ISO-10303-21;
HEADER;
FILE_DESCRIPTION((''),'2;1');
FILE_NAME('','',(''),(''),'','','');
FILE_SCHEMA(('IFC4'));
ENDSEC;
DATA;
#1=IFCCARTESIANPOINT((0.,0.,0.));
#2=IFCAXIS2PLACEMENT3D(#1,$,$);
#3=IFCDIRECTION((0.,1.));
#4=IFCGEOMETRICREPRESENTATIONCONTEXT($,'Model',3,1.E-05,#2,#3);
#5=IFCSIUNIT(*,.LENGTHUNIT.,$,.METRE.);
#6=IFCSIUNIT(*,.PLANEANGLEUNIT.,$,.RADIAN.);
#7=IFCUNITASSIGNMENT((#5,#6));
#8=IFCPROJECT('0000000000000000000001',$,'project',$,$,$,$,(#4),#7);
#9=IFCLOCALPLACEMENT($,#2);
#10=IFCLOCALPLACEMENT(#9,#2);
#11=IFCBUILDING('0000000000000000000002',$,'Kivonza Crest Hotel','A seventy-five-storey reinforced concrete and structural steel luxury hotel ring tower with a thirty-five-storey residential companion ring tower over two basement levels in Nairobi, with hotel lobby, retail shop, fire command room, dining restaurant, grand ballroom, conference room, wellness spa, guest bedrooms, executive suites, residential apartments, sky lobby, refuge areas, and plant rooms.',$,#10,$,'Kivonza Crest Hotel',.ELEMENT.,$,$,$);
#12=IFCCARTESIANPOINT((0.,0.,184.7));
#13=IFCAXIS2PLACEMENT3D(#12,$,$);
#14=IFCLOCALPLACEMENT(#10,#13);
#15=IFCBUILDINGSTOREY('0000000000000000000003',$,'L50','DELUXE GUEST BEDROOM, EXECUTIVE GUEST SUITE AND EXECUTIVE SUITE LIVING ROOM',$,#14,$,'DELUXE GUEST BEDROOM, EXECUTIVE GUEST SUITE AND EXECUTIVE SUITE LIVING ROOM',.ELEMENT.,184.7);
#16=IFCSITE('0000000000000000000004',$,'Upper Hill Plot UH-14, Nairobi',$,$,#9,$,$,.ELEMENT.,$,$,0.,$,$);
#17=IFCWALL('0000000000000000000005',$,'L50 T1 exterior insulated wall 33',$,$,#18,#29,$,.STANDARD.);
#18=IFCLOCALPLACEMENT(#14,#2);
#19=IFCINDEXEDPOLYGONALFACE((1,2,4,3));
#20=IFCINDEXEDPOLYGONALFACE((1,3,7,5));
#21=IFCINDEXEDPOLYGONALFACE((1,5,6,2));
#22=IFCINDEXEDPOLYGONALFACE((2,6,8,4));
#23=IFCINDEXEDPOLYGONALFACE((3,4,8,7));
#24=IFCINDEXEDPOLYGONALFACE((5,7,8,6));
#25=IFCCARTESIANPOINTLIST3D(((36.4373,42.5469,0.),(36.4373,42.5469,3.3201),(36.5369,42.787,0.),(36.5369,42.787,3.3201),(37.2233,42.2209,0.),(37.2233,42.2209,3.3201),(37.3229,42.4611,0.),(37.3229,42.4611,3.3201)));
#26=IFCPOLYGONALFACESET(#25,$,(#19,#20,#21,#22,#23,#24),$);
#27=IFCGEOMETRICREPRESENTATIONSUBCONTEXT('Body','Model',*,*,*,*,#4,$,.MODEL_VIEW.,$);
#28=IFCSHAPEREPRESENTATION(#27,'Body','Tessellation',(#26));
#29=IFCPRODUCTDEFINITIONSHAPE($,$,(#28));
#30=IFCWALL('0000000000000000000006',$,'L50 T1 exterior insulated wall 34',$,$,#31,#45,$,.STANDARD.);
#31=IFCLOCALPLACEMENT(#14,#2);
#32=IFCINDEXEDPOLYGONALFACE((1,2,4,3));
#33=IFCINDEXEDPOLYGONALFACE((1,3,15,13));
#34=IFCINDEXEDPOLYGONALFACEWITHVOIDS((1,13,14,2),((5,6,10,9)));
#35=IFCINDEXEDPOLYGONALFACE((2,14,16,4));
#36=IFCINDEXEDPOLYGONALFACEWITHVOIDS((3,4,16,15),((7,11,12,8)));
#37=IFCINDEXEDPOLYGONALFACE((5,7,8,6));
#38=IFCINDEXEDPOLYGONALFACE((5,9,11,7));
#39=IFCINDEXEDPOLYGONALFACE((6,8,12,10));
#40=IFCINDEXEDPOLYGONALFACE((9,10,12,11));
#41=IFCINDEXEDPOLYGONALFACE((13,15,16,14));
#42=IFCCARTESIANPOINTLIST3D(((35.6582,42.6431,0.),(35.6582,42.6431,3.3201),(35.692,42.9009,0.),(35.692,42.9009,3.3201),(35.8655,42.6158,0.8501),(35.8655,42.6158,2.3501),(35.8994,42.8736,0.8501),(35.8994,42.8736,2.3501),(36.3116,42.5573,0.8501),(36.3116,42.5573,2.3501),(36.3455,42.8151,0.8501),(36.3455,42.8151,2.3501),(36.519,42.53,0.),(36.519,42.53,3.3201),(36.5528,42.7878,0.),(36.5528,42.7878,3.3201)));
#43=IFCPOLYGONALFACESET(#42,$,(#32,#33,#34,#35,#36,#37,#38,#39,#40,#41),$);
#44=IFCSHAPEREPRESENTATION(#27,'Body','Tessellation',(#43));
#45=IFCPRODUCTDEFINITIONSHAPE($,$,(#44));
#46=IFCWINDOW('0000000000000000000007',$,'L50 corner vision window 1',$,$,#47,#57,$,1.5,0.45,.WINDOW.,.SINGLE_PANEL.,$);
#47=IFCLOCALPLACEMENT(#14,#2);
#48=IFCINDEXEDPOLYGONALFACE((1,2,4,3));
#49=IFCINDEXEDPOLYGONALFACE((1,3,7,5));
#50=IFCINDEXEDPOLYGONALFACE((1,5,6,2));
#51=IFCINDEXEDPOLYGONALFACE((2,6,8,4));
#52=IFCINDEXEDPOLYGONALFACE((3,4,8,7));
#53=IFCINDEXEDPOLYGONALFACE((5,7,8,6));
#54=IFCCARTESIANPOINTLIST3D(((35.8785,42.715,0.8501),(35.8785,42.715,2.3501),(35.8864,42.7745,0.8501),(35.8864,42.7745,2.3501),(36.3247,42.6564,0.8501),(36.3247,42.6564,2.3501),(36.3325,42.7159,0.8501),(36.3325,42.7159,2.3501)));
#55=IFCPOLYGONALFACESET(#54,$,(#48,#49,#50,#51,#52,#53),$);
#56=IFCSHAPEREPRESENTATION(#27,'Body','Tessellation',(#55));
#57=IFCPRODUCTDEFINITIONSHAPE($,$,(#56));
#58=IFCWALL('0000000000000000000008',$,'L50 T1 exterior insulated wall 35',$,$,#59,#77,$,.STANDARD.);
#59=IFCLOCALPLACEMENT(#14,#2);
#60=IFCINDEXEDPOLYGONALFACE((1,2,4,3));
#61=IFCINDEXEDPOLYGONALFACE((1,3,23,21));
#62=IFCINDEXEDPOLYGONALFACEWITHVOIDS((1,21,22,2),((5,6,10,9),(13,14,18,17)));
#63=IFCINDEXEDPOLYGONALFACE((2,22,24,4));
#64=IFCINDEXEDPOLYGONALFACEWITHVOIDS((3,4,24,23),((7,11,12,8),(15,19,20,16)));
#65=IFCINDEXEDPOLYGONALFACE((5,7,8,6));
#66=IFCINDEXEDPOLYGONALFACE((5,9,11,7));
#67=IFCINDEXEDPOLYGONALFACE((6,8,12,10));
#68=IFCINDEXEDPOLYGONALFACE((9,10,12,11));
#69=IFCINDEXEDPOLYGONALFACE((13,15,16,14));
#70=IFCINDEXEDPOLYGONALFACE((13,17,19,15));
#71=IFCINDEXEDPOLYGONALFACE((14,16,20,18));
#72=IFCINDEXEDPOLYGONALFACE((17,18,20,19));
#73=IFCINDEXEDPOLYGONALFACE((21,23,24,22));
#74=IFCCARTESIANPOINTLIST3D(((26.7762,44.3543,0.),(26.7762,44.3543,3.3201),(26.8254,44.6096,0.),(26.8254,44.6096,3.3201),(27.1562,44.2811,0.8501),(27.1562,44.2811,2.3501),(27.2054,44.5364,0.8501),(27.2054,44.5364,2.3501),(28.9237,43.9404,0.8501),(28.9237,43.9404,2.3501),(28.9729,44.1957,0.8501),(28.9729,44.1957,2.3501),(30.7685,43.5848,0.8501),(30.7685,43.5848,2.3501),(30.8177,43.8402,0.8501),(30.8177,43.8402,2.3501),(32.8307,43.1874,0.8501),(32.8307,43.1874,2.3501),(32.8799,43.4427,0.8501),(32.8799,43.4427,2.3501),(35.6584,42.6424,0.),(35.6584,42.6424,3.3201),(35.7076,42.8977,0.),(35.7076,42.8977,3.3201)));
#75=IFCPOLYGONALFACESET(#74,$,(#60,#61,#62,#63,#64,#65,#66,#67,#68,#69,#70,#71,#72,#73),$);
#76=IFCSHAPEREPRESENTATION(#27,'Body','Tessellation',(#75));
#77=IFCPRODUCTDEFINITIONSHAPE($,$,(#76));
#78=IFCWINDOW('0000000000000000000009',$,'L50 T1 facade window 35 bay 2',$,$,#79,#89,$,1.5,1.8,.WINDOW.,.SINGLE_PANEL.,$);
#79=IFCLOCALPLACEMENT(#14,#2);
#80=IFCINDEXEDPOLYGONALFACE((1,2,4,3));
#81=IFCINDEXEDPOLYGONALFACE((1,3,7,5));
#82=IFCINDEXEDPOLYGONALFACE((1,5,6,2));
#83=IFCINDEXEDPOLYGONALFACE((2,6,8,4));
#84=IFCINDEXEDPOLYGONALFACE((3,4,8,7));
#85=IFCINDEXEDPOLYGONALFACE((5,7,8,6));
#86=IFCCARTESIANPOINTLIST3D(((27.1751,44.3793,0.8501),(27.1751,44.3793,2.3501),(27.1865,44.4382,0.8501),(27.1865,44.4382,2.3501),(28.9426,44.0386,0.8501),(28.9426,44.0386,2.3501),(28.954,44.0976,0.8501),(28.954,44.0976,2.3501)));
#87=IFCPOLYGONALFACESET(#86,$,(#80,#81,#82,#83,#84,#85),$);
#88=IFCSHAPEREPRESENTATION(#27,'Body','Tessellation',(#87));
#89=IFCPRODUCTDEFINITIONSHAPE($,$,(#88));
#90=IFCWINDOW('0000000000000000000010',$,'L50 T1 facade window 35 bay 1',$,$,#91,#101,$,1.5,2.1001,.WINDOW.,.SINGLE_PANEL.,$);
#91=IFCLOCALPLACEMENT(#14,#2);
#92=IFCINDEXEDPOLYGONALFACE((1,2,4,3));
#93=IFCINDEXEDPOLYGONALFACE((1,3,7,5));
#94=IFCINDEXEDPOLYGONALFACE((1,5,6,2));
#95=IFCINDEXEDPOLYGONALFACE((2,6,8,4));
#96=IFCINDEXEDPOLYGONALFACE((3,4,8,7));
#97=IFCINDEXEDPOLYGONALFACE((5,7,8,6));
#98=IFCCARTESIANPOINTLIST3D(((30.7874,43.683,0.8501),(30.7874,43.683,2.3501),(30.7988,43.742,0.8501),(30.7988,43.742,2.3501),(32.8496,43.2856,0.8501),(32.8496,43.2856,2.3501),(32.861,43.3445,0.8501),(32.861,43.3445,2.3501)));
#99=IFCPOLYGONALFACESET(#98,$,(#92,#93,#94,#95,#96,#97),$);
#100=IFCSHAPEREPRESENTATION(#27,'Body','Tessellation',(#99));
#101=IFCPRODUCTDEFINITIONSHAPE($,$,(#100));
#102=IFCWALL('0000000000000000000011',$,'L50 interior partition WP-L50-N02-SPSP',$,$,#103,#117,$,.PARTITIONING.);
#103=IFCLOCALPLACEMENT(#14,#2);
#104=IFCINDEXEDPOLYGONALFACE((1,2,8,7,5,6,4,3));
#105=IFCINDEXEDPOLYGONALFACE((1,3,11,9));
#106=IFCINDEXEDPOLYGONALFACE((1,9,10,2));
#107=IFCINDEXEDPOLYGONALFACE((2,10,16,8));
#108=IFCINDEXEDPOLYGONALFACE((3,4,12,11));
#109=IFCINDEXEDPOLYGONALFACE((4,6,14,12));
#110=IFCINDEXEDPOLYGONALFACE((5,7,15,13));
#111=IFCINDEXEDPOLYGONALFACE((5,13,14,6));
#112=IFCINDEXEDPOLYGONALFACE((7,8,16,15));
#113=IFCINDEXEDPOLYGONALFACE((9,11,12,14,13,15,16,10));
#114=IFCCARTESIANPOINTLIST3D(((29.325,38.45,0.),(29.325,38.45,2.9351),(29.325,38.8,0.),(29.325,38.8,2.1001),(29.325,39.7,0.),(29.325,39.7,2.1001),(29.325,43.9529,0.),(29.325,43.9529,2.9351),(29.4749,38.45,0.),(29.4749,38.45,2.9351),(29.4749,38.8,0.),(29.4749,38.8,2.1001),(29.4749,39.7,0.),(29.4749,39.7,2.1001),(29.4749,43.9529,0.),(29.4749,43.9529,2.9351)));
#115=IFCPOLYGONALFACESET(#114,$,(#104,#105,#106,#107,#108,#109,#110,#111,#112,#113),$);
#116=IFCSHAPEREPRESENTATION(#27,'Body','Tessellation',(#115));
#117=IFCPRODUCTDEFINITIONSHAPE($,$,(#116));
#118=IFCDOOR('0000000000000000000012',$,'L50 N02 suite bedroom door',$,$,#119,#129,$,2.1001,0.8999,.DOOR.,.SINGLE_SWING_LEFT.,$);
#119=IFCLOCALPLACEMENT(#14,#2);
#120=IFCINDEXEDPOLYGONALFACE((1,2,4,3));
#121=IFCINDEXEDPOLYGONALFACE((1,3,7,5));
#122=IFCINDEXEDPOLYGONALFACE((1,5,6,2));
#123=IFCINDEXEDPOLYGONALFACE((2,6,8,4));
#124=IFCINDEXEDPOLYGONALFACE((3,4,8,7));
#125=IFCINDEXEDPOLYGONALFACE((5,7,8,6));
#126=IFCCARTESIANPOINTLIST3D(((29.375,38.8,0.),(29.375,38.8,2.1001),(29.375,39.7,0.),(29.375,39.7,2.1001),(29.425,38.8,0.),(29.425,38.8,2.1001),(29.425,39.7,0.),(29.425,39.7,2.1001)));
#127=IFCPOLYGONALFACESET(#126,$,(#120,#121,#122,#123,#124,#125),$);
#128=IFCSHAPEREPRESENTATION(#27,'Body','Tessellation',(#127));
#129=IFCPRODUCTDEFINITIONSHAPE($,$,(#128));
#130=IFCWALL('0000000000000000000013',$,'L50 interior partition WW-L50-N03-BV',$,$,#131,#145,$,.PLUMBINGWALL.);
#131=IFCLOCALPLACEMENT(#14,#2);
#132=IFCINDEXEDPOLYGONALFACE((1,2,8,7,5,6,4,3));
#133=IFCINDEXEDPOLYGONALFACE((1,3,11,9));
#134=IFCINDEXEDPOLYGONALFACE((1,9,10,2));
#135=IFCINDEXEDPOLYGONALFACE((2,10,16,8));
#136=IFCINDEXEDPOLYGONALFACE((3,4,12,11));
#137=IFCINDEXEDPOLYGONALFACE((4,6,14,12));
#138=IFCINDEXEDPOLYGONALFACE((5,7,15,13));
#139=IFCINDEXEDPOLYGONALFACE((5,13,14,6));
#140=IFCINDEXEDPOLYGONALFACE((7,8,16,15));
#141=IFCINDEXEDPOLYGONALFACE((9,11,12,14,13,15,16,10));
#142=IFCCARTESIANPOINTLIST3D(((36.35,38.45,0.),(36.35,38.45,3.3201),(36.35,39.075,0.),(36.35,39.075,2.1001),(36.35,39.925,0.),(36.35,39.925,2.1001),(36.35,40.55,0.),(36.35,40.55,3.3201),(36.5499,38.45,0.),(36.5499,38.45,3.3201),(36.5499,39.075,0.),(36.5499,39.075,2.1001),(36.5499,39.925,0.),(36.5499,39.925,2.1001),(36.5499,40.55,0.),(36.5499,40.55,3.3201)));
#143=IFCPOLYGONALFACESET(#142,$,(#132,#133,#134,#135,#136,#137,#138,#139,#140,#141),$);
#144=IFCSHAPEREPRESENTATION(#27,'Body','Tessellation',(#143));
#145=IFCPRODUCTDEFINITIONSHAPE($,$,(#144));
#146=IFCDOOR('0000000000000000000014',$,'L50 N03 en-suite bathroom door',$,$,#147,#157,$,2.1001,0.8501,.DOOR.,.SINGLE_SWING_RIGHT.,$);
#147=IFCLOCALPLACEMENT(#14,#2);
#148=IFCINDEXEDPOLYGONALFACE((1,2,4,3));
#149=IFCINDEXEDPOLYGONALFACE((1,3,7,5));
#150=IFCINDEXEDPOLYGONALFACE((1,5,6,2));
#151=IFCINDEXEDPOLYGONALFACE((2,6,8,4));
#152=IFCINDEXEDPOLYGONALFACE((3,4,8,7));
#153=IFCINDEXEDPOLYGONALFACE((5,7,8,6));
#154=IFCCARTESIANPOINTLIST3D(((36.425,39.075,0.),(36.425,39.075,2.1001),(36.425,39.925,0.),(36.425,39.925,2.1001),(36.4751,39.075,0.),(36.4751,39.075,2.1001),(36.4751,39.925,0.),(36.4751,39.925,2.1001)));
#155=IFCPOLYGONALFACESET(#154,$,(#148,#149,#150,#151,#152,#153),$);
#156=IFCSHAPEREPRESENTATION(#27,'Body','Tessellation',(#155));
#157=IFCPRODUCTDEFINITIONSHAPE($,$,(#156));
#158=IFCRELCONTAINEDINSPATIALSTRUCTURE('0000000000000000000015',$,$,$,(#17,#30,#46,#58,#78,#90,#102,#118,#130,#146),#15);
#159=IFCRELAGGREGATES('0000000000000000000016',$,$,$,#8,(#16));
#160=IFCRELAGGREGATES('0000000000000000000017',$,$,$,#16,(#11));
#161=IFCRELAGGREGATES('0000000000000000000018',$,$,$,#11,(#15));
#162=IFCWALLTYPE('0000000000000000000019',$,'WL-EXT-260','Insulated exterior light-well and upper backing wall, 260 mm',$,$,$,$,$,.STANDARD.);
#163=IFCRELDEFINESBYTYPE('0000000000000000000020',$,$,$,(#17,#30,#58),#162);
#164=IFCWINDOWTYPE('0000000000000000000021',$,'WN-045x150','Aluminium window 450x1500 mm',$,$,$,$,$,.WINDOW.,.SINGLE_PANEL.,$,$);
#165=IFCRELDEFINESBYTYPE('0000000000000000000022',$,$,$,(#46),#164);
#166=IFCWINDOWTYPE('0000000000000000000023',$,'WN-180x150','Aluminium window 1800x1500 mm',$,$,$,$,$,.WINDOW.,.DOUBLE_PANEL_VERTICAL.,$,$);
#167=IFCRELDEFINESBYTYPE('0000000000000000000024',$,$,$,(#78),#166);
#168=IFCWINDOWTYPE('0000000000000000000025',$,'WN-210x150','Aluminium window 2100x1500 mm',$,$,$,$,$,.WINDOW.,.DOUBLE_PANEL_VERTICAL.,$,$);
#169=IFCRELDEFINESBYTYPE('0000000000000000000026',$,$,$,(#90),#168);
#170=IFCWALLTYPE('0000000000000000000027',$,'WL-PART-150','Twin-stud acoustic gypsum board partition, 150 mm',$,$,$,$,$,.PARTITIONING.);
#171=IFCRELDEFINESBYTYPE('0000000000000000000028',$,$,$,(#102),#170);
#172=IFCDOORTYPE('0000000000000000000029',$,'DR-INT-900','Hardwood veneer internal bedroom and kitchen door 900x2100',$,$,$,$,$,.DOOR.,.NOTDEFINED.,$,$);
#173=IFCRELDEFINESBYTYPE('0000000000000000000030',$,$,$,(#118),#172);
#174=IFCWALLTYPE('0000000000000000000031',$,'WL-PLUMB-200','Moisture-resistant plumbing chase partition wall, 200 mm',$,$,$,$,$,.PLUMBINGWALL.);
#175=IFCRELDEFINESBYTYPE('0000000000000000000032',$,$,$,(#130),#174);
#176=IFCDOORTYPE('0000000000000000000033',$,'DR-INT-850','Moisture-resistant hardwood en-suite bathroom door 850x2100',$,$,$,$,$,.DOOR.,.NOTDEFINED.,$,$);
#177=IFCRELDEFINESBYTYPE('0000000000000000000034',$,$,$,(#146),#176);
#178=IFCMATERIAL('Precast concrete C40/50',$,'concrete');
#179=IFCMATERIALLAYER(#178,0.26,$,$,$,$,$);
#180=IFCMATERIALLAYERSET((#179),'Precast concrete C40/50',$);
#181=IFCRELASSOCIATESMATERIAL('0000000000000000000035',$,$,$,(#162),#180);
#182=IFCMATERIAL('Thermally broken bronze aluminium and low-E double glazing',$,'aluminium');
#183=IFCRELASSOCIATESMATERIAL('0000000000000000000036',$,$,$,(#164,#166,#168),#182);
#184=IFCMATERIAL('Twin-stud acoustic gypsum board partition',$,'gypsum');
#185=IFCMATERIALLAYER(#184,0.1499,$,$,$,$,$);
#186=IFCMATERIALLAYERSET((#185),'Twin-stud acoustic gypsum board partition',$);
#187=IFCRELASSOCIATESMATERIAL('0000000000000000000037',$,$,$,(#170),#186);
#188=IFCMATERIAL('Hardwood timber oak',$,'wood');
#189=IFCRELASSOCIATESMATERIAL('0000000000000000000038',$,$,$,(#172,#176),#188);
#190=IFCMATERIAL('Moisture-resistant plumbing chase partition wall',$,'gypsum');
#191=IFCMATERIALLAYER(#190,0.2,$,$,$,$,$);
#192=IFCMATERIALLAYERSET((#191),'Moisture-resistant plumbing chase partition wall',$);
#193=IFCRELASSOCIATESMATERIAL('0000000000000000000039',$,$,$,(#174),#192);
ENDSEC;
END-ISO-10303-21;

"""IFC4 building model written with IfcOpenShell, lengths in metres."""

from ifc_helpers import new_model, si_unit, direction, frame, frame_2d, origin, place, context, subcontext, project, spatial, rectangle, extrude, material, layer, layer_set, type_object, element, fill, save


model = new_model("IFC4")

# Units and contexts
model_context = context("Model", 3, precision=1e-05, world=origin(), true_north=direction((0.0, 1.0)))
body_context = subcontext(model_context, "Body", "Model", "MODEL_VIEW")
ifc_project = project(units=[si_unit("LENGTHUNIT", "METRE"), si_unit("PLANEANGLEUNIT", "RADIAN")], contexts=[model_context])

# Site, building, storey
site_placement = place(None, origin())
site = spatial("IfcSite", under=ifc_project, at=site_placement, Name="Upper Hill Plot UH-14, Nairobi", CompositionType="ELEMENT", RefElevation=0.0)
building_placement = place(site_placement, origin())
building = spatial("IfcBuilding", under=site, at=building_placement, Name="Kivonza Crest Hotel", Description="A seventy-five-storey reinforced concrete and structural steel luxury hotel ring tower with a thirty-five-storey residential companion ring tower over two basement levels in Nairobi, with hotel lobby, retail shop, fire command room, dining restaurant, grand ballroom, conference room, wellness spa, guest bedrooms, executive suites, residential apartments, sky lobby, refuge areas, and plant rooms.", LongName="Kivonza Crest Hotel", CompositionType="ELEMENT")
storey_placement = place(building_placement, frame((0.0, 0.0, 184.7)))
storey = spatial("IfcBuildingStorey", under=building, at=storey_placement, Name="L50", Description="DELUXE GUEST BEDROOM, EXECUTIVE GUEST SUITE AND EXECUTIVE SUITE LIVING ROOM", LongName="DELUXE GUEST BEDROOM, EXECUTIVE GUEST SUITE AND EXECUTIVE SUITE LIVING ROOM", CompositionType="ELEMENT", Elevation=184.7)

# Wall
ifc_material_1 = material(Name="Precast concrete C40/50", Category="concrete")
ifc_layer_1 = layer(ifc_material_1, 0.26)
ifc_layer_set_1 = layer_set([ifc_layer_1], Name="Precast concrete C40/50")
wall_type_1 = type_object("IfcWallType", Name="WL-EXT-260", Description="Insulated exterior light-well and upper backing wall, 260 mm", PredefinedType="STANDARD", material=ifc_layer_set_1)
wall_1_placement = place(storey_placement, frame((37.2729, 42.3411, 0.0), z_axis=(0.0, 0.0, 1.0), x_axis=(-0.923712, 0.383087, 0.0)))
element("IfcWall", 1, at=wall_1_placement, inside=storey, type_object=wall_type_1, Name="L50 T1 exterior insulated wall 33", PredefinedType="STANDARD", context=body_context, shape_type="SweptSolid", body=[
    extrude(rectangle(XDim=0.8508, YDim=0.26, at=frame_2d((0.4253, 0.0))), origin(), (0.0, 0.0, 1.0), 3.3201),
])

# Wall, opening, window
wall_2_placement = place(storey_placement, frame((36.5359, 42.6589, 0.0), z_axis=(0.0, 0.0, 1.0), x_axis=(-0.991489, 0.130193, 0.0)))
wall_2 = element("IfcWall", 2, at=wall_2_placement, inside=storey, type_object=wall_type_1, Name="L50 T1 exterior insulated wall 34", PredefinedType="STANDARD", context=body_context, shape_type="SweptSolid", body=[
    extrude(rectangle(XDim=0.8682, YDim=0.26, at=frame_2d((0.4341, 0.0))), origin(), (0.0, 0.0, 1.0), 3.3201),
])
opening_1_placement = place(wall_2_placement, frame((0.209, 0.0, 0.8501)))
opening_1 = element("IfcOpeningElement", 3, at=opening_1_placement, cuts=wall_2, PredefinedType="OPENING", context=body_context, shape_type="SweptSolid", body=[
    extrude(rectangle(XDim=0.45, YDim=1.5, at=frame_2d((0.2251, 0.75))), frame((0.0, 0.1401, 0.0), z_axis=(0.0, -1.0, 0.0), x_axis=(1.0, 0.0, 0.0)), (0.0, 0.0, 1.0), 0.28),
])
ifc_material_2 = material(Name="Thermally broken bronze aluminium and low-E double glazing", Category="aluminium")
window_type_1 = type_object("IfcWindowType", Name="WN-045x150", Description="Aluminium window 450x1500 mm", PartitioningType="SINGLE_PANEL", PredefinedType="WINDOW", material=ifc_material_2)
window_1_placement = place(opening_1_placement, origin())
window_1 = element("IfcWindow", 4, at=window_1_placement, inside=storey, type_object=window_type_1, Name="L50 corner vision window 1", OverallHeight=1.5, OverallWidth=0.45, PartitioningType="SINGLE_PANEL", PredefinedType="WINDOW", context=body_context, shape_type="SweptSolid", body=[
    extrude(rectangle(XDim=0.45, YDim=1.5, at=frame_2d((0.2251, 0.75))), frame((0.0, 0.03, 0.0), z_axis=(0.0, -1.0, 0.0), x_axis=(1.0, 0.0, 0.0)), (0.0, 0.0, 1.0), 0.0601),
])
fill(opening_1, window_1)

# Wall, openings, windows
wall_3_placement = place(storey_placement, frame((35.6831, 42.77, 0.0), z_axis=(0.0, 0.0, 1.0), x_axis=(-0.981928, 0.189255, 0.0)))
wall_3 = element("IfcWall", 5, at=wall_3_placement, inside=storey, type_object=wall_type_1, Name="L50 T1 exterior insulated wall 35", PredefinedType="STANDARD", context=body_context, shape_type="SweptSolid", body=[
    extrude(rectangle(XDim=9.0457, YDim=0.26, at=frame_2d((4.5229, 0.0))), origin(), (0.0, 0.0, 1.0), 3.3201),
])
opening_2_placement = place(wall_3_placement, frame((2.8799, 0.0, 0.8501)))
opening_2 = element("IfcOpeningElement", 6, at=opening_2_placement, cuts=wall_3, PredefinedType="OPENING", context=body_context, shape_type="SweptSolid", body=[
    extrude(rectangle(XDim=2.1001, YDim=1.5, at=frame_2d((1.05, 0.75))), frame((0.0, 0.1401, 0.0), z_axis=(0.0, -1.0, 0.0), x_axis=(1.0, 0.0, 0.0)), (0.0, 0.0, 1.0), 0.28),
])
opening_3_placement = place(wall_3_placement, frame((6.8589, 0.0, 0.8501)))
opening_3 = element("IfcOpeningElement", 7, at=opening_3_placement, cuts=wall_3, PredefinedType="OPENING", context=body_context, shape_type="SweptSolid", body=[
    extrude(rectangle(XDim=1.8, YDim=1.5, at=frame_2d((0.8999, 0.75))), frame((0.0, 0.1401, 0.0), z_axis=(0.0, -1.0, 0.0), x_axis=(1.0, 0.0, 0.0)), (0.0, 0.0, 1.0), 0.28),
])
window_type_2 = type_object("IfcWindowType", Name="WN-180x150", Description="Aluminium window 1800x1500 mm", PartitioningType="DOUBLE_PANEL_VERTICAL", PredefinedType="WINDOW", material=ifc_material_2)
window_2_placement = place(opening_3_placement, origin())
window_2 = element("IfcWindow", 8, at=window_2_placement, inside=storey, type_object=window_type_2, Name="L50 T1 facade window 35 bay 2", OverallHeight=1.5, OverallWidth=1.8, PartitioningType="SINGLE_PANEL", PredefinedType="WINDOW", context=body_context, shape_type="SweptSolid", body=[
    extrude(rectangle(XDim=1.8, YDim=1.5, at=frame_2d((0.8999, 0.75))), frame((0.0, 0.03, 0.0), z_axis=(0.0, -1.0, 0.0), x_axis=(1.0, 0.0, 0.0)), (0.0, 0.0, 1.0), 0.0601),
])
fill(opening_3, window_2)
window_type_3 = type_object("IfcWindowType", Name="WN-210x150", Description="Aluminium window 2100x1500 mm", PartitioningType="DOUBLE_PANEL_VERTICAL", PredefinedType="WINDOW", material=ifc_material_2)
window_3_placement = place(opening_2_placement, origin())
window_3 = element("IfcWindow", 9, at=window_3_placement, inside=storey, type_object=window_type_3, Name="L50 T1 facade window 35 bay 1", OverallHeight=1.5, OverallWidth=2.1001, PartitioningType="SINGLE_PANEL", PredefinedType="WINDOW", context=body_context, shape_type="SweptSolid", body=[
    extrude(rectangle(XDim=2.1001, YDim=1.5, at=frame_2d((1.05, 0.75))), frame((0.0, 0.03, 0.0), z_axis=(0.0, -1.0, 0.0), x_axis=(1.0, 0.0, 0.0)), (0.0, 0.0, 1.0), 0.0601),
])
fill(opening_2, window_3)

# Walls, openings, doors
ifc_material_3 = material(Name="Twin-stud acoustic gypsum board partition", Category="gypsum")
ifc_layer_2 = layer(ifc_material_3, 0.1499)
ifc_layer_set_2 = layer_set([ifc_layer_2], Name="Twin-stud acoustic gypsum board partition")
wall_type_2 = type_object("IfcWallType", Name="WL-PART-150", Description="Twin-stud acoustic gypsum board partition, 150 mm", PredefinedType="PARTITIONING", material=ifc_layer_set_2)
wall_4_placement = place(storey_placement, frame((29.3999, 38.45, 0.0), z_axis=(0.0, 0.0, 1.0), x_axis=(0.0, 1.0, 0.0)))
wall_4 = element("IfcWall", 10, at=wall_4_placement, inside=storey, type_object=wall_type_2, Name="L50 interior partition WP-L50-N02-SPSP", PredefinedType="PARTITIONING", context=body_context, shape_type="SweptSolid", body=[
    extrude(rectangle(XDim=5.5029, YDim=0.1499, at=frame_2d((2.7515, 0.0))), origin(), (0.0, 0.0, 1.0), 2.9351),
])
opening_4_placement = place(wall_4_placement, frame((0.3501, 0.0, 0.0)))
opening_4 = element("IfcOpeningElement", 11, at=opening_4_placement, cuts=wall_4, PredefinedType="OPENING", context=body_context, shape_type="SweptSolid", body=[
    extrude(rectangle(XDim=0.8999, YDim=2.1001, at=frame_2d((0.45, 1.05))), frame((0.0, 0.085, 0.0), z_axis=(0.0, -1.0, 0.0), x_axis=(1.0, 0.0, 0.0)), (0.0, 0.0, 1.0), 0.1699),
])
ifc_material_4 = material(Name="Hardwood timber oak", Category="wood")
door_type_1 = type_object("IfcDoorType", Name="DR-INT-900", Description="Hardwood veneer internal bedroom and kitchen door 900x2100", OperationType="NOTDEFINED", PredefinedType="DOOR", material=ifc_material_4)
door_1_placement = place(opening_4_placement, origin())
door_1 = element("IfcDoor", 12, at=door_1_placement, inside=storey, type_object=door_type_1, Name="L50 N02 suite bedroom door", OperationType="SINGLE_SWING_LEFT", OverallHeight=2.1001, OverallWidth=0.8999, PredefinedType="DOOR", context=body_context, shape_type="SweptSolid", body=[
    extrude(rectangle(XDim=0.8999, YDim=2.1001, at=frame_2d((0.45, 1.05))), frame((0.0, 0.0249, 0.0), z_axis=(0.0, -1.0, 0.0), x_axis=(1.0, 0.0, 0.0)), (0.0, 0.0, 1.0), 0.05),
])
fill(opening_4, door_1)
ifc_material_5 = material(Name="Moisture-resistant plumbing chase partition wall", Category="gypsum")
ifc_layer_3 = layer(ifc_material_5, 0.2)
ifc_layer_set_3 = layer_set([ifc_layer_3], Name="Moisture-resistant plumbing chase partition wall")
wall_type_3 = type_object("IfcWallType", Name="WL-PLUMB-200", Description="Moisture-resistant plumbing chase partition wall, 200 mm", PredefinedType="PLUMBINGWALL", material=ifc_layer_set_3)
wall_5_placement = place(storey_placement, frame((36.45, 38.45, 0.0), z_axis=(0.0, 0.0, 1.0), x_axis=(0.0, 1.0, 0.0)))
wall_5 = element("IfcWall", 13, at=wall_5_placement, inside=storey, type_object=wall_type_3, Name="L50 interior partition WW-L50-N03-BV", PredefinedType="PLUMBINGWALL", context=body_context, shape_type="SweptSolid", body=[
    extrude(rectangle(XDim=2.1001, YDim=0.2, at=frame_2d((1.05, 0.0))), origin(), (0.0, 0.0, 1.0), 3.3201),
])
opening_5_placement = place(wall_5_placement, frame((0.625, 0.0, 0.0)))
opening_5 = element("IfcOpeningElement", 14, at=opening_5_placement, cuts=wall_5, PredefinedType="OPENING", context=body_context, shape_type="SweptSolid", body=[
    extrude(rectangle(XDim=0.8501, YDim=2.1001, at=frame_2d((0.425, 1.05))), frame((0.0, 0.1099, 0.0), z_axis=(0.0, -1.0, 0.0), x_axis=(1.0, 0.0, 0.0)), (0.0, 0.0, 1.0), 0.22),
])
door_type_2 = type_object("IfcDoorType", Name="DR-INT-850", Description="Moisture-resistant hardwood en-suite bathroom door 850x2100", OperationType="NOTDEFINED", PredefinedType="DOOR", material=ifc_material_4)
door_2_placement = place(opening_5_placement, origin())
door_2 = element("IfcDoor", 15, at=door_2_placement, inside=storey, type_object=door_type_2, Name="L50 N03 en-suite bathroom door", OperationType="SINGLE_SWING_RIGHT", OverallHeight=2.1001, OverallWidth=0.8501, PredefinedType="DOOR", context=body_context, shape_type="SweptSolid", body=[
    extrude(rectangle(XDim=0.8501, YDim=2.1001, at=frame_2d((0.425, 1.05))), frame((0.0, 0.0249, 0.0), z_axis=(0.0, -1.0, 0.0), x_axis=(1.0, 0.0, 0.0)), (0.0, 0.0, 1.0), 0.05),
])
fill(opening_5, door_2)

save(model, "model.ifc")
